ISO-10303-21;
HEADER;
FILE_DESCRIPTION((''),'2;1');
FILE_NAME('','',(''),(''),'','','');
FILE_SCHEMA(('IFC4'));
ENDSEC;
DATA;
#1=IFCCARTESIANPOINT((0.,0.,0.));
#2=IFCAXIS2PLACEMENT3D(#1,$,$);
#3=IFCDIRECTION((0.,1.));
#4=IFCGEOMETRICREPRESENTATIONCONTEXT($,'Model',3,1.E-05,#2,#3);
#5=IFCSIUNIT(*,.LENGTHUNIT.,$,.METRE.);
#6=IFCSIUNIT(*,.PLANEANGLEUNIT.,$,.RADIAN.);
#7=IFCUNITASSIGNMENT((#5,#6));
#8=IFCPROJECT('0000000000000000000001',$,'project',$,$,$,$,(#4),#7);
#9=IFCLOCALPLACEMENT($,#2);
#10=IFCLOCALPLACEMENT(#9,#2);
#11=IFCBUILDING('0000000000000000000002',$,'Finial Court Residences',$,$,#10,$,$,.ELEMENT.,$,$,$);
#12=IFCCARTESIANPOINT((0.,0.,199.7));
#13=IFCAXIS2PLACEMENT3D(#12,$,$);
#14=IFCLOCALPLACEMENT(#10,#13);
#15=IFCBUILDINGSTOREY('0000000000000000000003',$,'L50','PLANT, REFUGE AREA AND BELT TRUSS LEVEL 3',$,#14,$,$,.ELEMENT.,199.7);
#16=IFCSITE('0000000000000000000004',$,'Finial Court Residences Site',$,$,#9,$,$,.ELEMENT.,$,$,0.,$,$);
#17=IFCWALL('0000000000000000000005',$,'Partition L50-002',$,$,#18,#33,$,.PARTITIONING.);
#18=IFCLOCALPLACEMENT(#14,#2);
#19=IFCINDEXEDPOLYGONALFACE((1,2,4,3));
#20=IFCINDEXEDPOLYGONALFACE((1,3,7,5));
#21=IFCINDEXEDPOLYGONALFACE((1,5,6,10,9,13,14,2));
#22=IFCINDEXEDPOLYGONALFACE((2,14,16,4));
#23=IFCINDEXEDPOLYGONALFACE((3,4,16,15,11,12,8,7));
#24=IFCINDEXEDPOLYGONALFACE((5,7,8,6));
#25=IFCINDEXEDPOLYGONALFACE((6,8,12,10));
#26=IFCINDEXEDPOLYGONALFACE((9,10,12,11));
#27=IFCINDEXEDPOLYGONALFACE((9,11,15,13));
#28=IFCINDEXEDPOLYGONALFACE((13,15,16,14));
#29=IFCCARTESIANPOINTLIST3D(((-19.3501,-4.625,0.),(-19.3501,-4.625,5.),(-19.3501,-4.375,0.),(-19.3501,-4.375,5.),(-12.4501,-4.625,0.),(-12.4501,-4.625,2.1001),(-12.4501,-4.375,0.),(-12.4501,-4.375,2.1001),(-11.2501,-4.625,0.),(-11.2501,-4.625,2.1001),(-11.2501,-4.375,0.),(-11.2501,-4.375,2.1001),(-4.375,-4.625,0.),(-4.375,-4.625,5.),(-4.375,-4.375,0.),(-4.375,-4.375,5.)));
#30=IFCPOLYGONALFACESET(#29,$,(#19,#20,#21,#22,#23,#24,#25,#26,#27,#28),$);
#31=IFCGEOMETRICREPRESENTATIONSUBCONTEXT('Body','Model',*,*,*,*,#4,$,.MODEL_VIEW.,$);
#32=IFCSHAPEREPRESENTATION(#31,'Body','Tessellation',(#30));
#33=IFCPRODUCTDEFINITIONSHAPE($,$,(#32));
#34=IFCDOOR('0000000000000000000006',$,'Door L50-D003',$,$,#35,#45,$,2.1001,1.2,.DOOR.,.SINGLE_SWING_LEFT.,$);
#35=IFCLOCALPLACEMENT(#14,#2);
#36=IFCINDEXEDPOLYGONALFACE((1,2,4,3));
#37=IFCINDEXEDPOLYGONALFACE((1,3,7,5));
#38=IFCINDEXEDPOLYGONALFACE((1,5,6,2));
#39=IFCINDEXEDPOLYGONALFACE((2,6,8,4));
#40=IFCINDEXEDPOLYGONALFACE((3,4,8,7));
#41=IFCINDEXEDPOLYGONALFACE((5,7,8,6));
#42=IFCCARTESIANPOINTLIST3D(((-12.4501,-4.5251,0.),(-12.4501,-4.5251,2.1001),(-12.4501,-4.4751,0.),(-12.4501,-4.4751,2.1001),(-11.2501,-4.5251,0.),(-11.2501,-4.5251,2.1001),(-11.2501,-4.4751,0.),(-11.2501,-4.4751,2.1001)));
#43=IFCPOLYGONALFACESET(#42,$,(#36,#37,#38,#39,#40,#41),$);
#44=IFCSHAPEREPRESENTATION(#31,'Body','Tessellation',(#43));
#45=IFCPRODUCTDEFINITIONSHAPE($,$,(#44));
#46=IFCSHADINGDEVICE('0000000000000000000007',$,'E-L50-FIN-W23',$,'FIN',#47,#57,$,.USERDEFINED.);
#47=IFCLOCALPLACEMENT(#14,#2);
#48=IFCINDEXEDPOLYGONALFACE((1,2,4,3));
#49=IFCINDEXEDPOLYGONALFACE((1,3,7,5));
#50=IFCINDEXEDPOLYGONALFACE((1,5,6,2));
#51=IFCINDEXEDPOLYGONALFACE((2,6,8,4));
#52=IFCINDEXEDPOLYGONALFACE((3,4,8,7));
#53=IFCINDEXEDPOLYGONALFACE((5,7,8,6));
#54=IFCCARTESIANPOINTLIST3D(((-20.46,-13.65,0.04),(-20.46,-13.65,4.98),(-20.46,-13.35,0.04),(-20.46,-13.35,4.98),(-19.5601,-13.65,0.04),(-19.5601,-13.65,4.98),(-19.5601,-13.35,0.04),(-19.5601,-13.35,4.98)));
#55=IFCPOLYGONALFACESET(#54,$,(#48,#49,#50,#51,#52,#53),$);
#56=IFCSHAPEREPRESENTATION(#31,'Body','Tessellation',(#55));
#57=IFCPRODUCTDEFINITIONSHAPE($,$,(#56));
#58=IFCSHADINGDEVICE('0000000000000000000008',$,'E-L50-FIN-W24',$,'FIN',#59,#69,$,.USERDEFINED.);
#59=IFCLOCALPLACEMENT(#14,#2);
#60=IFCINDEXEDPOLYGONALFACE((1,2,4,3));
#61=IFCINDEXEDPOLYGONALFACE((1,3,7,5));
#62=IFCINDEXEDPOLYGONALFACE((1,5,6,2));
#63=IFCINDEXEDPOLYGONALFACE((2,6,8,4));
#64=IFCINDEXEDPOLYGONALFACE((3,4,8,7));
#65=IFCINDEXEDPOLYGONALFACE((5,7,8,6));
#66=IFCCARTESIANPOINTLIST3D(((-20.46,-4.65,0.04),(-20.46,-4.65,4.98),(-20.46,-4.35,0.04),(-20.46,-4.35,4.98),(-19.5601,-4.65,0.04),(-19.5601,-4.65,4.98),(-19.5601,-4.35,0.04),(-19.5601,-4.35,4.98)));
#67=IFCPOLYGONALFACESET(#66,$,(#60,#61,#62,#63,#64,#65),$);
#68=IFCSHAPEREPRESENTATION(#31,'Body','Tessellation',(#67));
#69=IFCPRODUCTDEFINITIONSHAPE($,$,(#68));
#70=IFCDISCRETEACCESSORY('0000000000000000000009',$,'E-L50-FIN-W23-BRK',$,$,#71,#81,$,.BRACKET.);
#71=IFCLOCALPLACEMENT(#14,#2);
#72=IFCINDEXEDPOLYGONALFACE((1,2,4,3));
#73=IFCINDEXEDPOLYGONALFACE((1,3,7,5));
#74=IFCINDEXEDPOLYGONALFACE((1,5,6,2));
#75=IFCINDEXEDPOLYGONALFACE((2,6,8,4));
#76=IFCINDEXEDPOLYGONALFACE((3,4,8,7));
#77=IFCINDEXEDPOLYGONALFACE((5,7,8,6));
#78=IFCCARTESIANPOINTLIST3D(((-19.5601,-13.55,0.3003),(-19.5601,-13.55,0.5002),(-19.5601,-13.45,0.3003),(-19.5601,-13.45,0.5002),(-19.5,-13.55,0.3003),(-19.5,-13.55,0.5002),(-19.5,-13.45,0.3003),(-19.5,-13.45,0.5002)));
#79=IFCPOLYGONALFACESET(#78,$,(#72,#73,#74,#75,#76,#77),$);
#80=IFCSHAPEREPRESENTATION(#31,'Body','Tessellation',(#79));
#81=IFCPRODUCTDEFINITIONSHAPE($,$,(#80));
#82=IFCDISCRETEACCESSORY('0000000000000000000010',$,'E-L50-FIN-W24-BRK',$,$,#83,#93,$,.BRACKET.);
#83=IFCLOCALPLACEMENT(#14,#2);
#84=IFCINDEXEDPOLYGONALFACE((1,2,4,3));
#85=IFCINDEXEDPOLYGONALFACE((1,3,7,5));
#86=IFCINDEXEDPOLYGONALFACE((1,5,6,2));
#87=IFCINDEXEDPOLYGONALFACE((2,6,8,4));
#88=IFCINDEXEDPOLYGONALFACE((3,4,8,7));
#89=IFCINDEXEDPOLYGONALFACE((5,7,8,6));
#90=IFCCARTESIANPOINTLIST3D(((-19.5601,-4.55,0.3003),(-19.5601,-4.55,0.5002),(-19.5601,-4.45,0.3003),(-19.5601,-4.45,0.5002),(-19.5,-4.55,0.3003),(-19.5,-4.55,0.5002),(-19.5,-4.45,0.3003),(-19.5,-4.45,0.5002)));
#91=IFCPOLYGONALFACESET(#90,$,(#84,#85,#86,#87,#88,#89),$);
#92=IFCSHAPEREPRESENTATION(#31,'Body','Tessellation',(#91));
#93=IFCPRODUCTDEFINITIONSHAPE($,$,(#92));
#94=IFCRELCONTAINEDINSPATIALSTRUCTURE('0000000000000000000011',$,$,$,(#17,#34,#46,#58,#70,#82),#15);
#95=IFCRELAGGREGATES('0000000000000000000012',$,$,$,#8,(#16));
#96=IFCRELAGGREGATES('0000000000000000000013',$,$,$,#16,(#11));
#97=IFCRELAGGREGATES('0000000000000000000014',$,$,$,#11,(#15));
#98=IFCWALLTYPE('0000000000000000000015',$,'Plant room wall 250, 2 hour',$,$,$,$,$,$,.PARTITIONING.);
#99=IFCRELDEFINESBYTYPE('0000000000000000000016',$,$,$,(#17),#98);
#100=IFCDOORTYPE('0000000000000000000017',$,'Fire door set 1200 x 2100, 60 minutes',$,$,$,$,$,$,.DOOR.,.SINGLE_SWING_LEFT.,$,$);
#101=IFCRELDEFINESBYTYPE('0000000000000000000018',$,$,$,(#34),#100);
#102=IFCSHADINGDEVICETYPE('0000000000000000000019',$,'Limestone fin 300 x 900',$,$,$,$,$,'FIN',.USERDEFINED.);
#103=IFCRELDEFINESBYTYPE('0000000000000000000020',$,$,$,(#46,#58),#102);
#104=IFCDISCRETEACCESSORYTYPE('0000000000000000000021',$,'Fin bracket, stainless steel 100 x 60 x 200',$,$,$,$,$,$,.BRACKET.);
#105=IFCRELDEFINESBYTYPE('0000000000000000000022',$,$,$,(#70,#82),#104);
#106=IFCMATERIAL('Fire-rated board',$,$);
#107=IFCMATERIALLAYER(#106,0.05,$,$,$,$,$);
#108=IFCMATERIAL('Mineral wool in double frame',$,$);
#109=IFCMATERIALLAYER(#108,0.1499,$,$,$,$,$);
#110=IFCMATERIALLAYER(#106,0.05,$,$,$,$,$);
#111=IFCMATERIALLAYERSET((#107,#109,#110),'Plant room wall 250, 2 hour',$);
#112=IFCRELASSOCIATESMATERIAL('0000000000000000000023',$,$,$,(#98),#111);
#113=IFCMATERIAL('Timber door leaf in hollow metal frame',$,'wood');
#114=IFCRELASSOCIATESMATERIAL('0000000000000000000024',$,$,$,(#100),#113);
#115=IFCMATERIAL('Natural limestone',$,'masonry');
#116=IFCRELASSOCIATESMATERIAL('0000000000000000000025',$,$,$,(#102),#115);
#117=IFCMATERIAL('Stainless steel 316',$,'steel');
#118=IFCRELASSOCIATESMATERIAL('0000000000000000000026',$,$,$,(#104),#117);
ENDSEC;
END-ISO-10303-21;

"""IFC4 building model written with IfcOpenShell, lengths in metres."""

from ifc_helpers import new_model, si_unit, direction, frame, frame_2d, origin, origin_2d, place, context, subcontext, project, spatial, rectangle, extrude, material, layer, layer_set, type_object, element, fill, save


model = new_model("IFC4")

# Units and contexts
model_context = context("Model", 3, precision=1e-05, world=origin(), true_north=direction((0.0, 1.0)))
body_context = subcontext(model_context, "Body", "Model", "MODEL_VIEW")
ifc_project = project(units=[si_unit("LENGTHUNIT", "METRE"), si_unit("PLANEANGLEUNIT", "RADIAN")], contexts=[model_context])

# Site, building, storey
site_placement = place(None, origin())
site = spatial("IfcSite", under=ifc_project, at=site_placement, Name="Finial Court Residences Site", CompositionType="ELEMENT", RefElevation=0.0)
building_placement = place(site_placement, origin())
building = spatial("IfcBuilding", under=site, at=building_placement, Name="Finial Court Residences", CompositionType="ELEMENT")
storey_placement = place(building_placement, frame((0.0, 0.0, 199.7)))
storey = spatial("IfcBuildingStorey", under=building, at=storey_placement, Name="L50", Description="PLANT, REFUGE AREA AND BELT TRUSS LEVEL 3", CompositionType="ELEMENT", Elevation=199.7)

# Wall, opening, door
ifc_material_1 = material(Name="Fire-rated board")
ifc_layer_1 = layer(ifc_material_1, 0.05)
ifc_material_2 = material(Name="Mineral wool in double frame")
ifc_layer_2 = layer(ifc_material_2, 0.1499)
ifc_layer_3 = layer(ifc_material_1, 0.05)
ifc_layer_set_1 = layer_set([ifc_layer_1, ifc_layer_2, ifc_layer_3], Name="Plant room wall 250, 2 hour")
wall_type_1 = type_object("IfcWallType", Name="Plant room wall 250, 2 hour", PredefinedType="PARTITIONING", material=ifc_layer_set_1)
ifc_material_3 = material(Name="Timber door leaf in hollow metal frame", Category="wood")
door_type = type_object("IfcDoorType", Name="Fire door set 1200 x 2100, 60 minutes", OperationType="SINGLE_SWING_LEFT", PredefinedType="DOOR", material=ifc_material_3)
wall_1_placement = place(storey_placement, frame((-19.3501, -4.5, 0.0), z_axis=(0.0, 0.0, 1.0), x_axis=(1.0, 0.0, 0.0)))
wall_1 = element("IfcWall", 1, at=wall_1_placement, inside=storey, type_object=wall_type_1, Name="Partition L50-002", PredefinedType="PARTITIONING", context=body_context, shape_type="SweptSolid", body=[
    extrude(rectangle(XDim=14.9751, YDim=0.25, at=frame_2d((7.4875, 0.0))), origin(), (0.0, 0.0, 1.0), 5.0),
])
opening_1_placement = place(wall_1_placement, frame((6.8999, 0.0, 0.0)))
opening_1 = element("IfcOpeningElement", 2, at=opening_1_placement, cuts=wall_1, PredefinedType="OPENING", context=body_context, shape_type="SweptSolid", body=[
    extrude(rectangle(XDim=1.2, YDim=2.1001, at=frame_2d((0.6001, 1.05))), frame((0.0, 0.135, 0.0), z_axis=(0.0, -1.0, 0.0), x_axis=(1.0, 0.0, 0.0)), (0.0, 0.0, 1.0), 0.27),
])
door_1_placement = place(opening_1_placement, origin())
door_1 = element("IfcDoor", 3, at=door_1_placement, inside=storey, type_object=door_type, Name="Door L50-D003", OperationType="SINGLE_SWING_LEFT", OverallHeight=2.1001, OverallWidth=1.2, PredefinedType="DOOR", context=body_context, shape_type="SweptSolid", body=[
    extrude(rectangle(XDim=1.2, YDim=2.1001, at=frame_2d((0.6001, 1.05))), frame((0.0, 0.0249, 0.0), z_axis=(0.0, -1.0, 0.0), x_axis=(1.0, 0.0, 0.0)), (0.0, 0.0, 1.0), 0.05),
])
fill(opening_1, door_1)

# Shading devices
ifc_material_4 = material(Name="Natural limestone", Category="masonry")
shading_device_type = type_object("IfcShadingDeviceType", Name="Limestone fin 300 x 900", ElementType="FIN", PredefinedType="USERDEFINED", material=ifc_material_4)
for number, where, z_axis, x_axis, name in (
    (4, (-20.01, -13.5, 0.04), (0.0, 0.0, 1.0), (1.0, 0.0, 0.0), "E-L50-FIN-W23"),
    (5, (-20.01, -4.5, 0.04), (0.0, 0.0, 1.0), (1.0, 0.0, 0.0), "E-L50-FIN-W24"),
):
    element("IfcShadingDevice", number, at=place(storey_placement, frame(where, z_axis=z_axis, x_axis=x_axis)), inside=storey, type_object=shading_device_type, Name=name, ObjectType="FIN", PredefinedType="USERDEFINED", context=body_context, shape_type="SweptSolid", body=[
        extrude(rectangle(XDim=0.8999, YDim=0.3, at=origin_2d()), origin(), (0.0, 0.0, 1.0), 4.9399),
    ])

# Discrete accessories
ifc_material_5 = material(Name="Stainless steel 316", Category="steel")
discrete_accessory_type = type_object("IfcDiscreteAccessoryType", Name="Fin bracket, stainless steel 100 x 60 x 200", PredefinedType="BRACKET", material=ifc_material_5)
for number, where, z_axis, x_axis, name in (
    (6, (-19.53, -13.5, 0.3003), (0.0, 0.0, 1.0), (1.0, 0.0, 0.0), "E-L50-FIN-W23-BRK"),
    (7, (-19.53, -4.5, 0.3003), (0.0, 0.0, 1.0), (1.0, 0.0, 0.0), "E-L50-FIN-W24-BRK"),
):
    element("IfcDiscreteAccessory", number, at=place(storey_placement, frame(where, z_axis=z_axis, x_axis=x_axis)), inside=storey, type_object=discrete_accessory_type, Name=name, PredefinedType="BRACKET", context=body_context, shape_type="SweptSolid", body=[
        extrude(rectangle(XDim=0.0601, YDim=0.1001, at=origin_2d()), origin(), (0.0, 0.0, 1.0), 0.2),
    ])

save(model, "model.ifc")
